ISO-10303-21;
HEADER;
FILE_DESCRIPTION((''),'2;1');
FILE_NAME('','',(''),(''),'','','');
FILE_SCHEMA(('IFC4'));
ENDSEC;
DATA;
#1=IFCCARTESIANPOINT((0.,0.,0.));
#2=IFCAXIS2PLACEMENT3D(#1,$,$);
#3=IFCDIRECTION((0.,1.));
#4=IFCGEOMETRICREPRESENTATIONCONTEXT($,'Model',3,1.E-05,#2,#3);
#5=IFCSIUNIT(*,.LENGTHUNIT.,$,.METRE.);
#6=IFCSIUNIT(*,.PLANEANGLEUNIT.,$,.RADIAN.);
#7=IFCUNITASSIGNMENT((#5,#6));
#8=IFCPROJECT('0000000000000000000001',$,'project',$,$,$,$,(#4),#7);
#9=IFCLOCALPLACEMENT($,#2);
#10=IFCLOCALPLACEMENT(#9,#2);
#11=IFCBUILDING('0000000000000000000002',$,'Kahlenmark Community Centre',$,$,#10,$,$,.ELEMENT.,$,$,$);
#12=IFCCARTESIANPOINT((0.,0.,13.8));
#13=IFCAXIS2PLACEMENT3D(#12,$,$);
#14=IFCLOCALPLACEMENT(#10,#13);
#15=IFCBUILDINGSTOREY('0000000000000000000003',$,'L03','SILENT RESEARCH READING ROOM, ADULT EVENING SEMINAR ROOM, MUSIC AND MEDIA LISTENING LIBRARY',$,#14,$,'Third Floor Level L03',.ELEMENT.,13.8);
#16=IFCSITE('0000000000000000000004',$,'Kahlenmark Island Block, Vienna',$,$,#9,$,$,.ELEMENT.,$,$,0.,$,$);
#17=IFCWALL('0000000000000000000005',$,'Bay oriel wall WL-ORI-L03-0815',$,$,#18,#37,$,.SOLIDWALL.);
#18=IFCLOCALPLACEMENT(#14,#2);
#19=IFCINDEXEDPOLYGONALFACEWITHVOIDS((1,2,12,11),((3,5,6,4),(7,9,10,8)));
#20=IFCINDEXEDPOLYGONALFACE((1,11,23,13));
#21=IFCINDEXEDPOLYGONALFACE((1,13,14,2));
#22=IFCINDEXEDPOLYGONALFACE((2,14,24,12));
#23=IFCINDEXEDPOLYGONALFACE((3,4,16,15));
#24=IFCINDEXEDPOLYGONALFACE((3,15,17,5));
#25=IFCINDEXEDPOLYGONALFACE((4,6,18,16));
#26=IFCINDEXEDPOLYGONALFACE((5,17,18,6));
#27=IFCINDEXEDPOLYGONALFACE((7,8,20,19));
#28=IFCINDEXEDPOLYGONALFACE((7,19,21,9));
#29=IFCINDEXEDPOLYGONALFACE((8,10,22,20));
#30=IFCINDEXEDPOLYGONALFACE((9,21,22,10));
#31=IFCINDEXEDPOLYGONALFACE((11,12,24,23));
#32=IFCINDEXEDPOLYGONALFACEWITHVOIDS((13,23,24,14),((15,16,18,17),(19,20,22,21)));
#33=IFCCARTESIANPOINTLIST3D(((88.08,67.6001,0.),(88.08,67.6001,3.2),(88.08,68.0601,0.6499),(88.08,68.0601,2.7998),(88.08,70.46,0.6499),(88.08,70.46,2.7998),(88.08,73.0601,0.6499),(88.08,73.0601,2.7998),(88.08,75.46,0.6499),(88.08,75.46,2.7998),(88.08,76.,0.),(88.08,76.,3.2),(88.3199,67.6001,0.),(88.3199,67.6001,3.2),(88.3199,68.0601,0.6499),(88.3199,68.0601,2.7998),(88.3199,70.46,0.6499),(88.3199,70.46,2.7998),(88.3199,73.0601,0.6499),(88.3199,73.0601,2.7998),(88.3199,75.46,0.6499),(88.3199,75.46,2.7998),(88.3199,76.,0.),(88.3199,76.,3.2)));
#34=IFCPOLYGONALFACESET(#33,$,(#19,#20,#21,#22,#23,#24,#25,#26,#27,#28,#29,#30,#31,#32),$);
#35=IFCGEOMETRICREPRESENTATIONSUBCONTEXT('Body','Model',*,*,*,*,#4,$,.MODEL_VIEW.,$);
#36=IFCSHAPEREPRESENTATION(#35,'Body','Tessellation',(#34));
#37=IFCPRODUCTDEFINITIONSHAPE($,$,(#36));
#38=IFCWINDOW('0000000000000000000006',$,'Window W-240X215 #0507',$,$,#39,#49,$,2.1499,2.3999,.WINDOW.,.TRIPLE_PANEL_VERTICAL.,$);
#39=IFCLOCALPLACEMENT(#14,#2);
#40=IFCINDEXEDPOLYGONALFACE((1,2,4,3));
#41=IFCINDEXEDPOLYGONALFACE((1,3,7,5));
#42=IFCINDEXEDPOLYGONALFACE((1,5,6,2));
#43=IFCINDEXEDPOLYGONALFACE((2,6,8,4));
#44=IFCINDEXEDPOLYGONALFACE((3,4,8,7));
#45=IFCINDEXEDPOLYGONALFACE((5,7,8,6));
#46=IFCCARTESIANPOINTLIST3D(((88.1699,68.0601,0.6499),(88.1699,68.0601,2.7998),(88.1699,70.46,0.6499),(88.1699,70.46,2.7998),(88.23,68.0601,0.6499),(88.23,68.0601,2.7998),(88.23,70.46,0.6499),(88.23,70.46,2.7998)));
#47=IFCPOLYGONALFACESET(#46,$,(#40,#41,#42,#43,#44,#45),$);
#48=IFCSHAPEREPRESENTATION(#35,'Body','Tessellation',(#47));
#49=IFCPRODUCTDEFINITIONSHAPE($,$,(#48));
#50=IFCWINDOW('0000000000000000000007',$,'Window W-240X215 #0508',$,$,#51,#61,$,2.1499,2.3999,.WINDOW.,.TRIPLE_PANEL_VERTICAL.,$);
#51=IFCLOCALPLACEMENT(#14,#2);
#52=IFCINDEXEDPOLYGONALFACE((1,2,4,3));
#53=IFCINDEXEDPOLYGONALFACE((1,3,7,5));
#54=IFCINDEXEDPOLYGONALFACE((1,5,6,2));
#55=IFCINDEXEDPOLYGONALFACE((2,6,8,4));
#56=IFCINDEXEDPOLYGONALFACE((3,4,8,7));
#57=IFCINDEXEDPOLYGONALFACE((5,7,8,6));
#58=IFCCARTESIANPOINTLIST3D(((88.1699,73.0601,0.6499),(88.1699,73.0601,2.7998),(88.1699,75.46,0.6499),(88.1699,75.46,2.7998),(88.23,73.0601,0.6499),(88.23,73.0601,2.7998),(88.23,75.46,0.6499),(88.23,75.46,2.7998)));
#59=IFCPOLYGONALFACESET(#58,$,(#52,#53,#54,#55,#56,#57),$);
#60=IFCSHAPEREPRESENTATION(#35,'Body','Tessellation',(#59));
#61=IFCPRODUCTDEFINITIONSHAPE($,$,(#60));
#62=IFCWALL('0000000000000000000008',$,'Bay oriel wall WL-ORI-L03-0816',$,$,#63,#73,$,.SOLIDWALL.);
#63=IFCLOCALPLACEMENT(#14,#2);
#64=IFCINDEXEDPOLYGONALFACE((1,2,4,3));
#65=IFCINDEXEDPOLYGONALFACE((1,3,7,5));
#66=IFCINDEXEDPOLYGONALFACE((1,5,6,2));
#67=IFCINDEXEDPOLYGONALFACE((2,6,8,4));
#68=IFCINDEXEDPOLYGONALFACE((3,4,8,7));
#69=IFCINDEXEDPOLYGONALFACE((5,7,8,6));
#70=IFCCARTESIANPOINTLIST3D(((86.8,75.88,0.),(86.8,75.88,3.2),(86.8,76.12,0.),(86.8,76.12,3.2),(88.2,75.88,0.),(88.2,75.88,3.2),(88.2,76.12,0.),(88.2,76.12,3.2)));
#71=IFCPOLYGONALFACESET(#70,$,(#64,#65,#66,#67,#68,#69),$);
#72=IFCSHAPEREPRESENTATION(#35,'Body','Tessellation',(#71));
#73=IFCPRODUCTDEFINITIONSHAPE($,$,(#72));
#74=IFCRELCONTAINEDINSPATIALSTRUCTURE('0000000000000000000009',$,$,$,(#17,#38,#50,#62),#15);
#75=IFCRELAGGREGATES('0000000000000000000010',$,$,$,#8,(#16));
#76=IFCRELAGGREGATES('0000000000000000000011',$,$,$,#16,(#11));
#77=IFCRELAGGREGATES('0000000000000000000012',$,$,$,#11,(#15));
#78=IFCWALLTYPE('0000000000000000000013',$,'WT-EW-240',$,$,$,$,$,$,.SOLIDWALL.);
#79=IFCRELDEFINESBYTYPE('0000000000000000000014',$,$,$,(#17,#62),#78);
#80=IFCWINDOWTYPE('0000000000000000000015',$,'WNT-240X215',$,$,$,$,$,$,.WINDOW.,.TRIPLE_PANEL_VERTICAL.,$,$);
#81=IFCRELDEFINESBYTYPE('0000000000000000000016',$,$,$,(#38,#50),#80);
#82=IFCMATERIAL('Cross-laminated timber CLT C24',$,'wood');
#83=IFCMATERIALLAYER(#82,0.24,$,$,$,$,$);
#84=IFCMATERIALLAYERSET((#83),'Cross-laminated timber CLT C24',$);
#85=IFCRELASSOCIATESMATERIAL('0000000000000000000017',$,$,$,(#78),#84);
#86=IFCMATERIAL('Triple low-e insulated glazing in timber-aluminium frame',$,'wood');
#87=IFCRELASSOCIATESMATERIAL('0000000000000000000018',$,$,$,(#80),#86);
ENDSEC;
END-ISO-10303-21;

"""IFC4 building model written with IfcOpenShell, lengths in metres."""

from ifc_helpers import new_model, si_unit, direction, frame, frame_2d, origin, place, context, subcontext, project, spatial, rectangle, extrude, material, layer, layer_set, type_object, element, fill, save


model = new_model("IFC4")

# Units and contexts
model_context = context("Model", 3, precision=1e-05, world=origin(), true_north=direction((0.0, 1.0)))
body_context = subcontext(model_context, "Body", "Model", "MODEL_VIEW")
ifc_project = project(units=[si_unit("LENGTHUNIT", "METRE"), si_unit("PLANEANGLEUNIT", "RADIAN")], contexts=[model_context])

# Site, building, storey
site_placement = place(None, origin())
site = spatial("IfcSite", under=ifc_project, at=site_placement, Name="Kahlenmark Island Block, Vienna", CompositionType="ELEMENT", RefElevation=0.0)
building_placement = place(site_placement, origin())
building = spatial("IfcBuilding", under=site, at=building_placement, Name="Kahlenmark Community Centre", CompositionType="ELEMENT")
storey_placement = place(building_placement, frame((0.0, 0.0, 13.8)))
storey = spatial("IfcBuildingStorey", under=building, at=storey_placement, Name="L03", Description="SILENT RESEARCH READING ROOM, ADULT EVENING SEMINAR ROOM, MUSIC AND MEDIA LISTENING LIBRARY", LongName="Third Floor Level L03", CompositionType="ELEMENT", Elevation=13.8)

# Shared definitions
ifc_material_1 = material(Name="Cross-laminated timber CLT C24", Category="wood")
ifc_layer_1 = layer(ifc_material_1, 0.24)
ifc_layer_set_1 = layer_set([ifc_layer_1], Name="Cross-laminated timber CLT C24")
wall_type = type_object("IfcWallType", Name="WT-EW-240", PredefinedType="SOLIDWALL", material=ifc_layer_set_1)

# Wall, openings, windows
wall_1_placement = place(storey_placement, frame((88.2, 67.6001, 0.0), z_axis=(0.0, 0.0, 1.0), x_axis=(0.0, 1.0, 0.0)))
wall_1 = element("IfcWall", 1, at=wall_1_placement, inside=storey, type_object=wall_type, Name="Bay oriel wall WL-ORI-L03-0815", PredefinedType="SOLIDWALL", context=body_context, shape_type="SweptSolid", body=[
    extrude(rectangle(XDim=8.3999, YDim=0.24, at=frame_2d((4.2, 0.0))), origin(), (0.0, 0.0, 1.0), 3.2),
])
opening_1_placement = place(wall_1_placement, frame((0.46, 0.0, 0.6499)))
opening_1 = element("IfcOpeningElement", 2, at=opening_1_placement, cuts=wall_1, PredefinedType="OPENING", context=body_context, shape_type="SweptSolid", body=[
    extrude(rectangle(XDim=2.3999, YDim=2.1499, at=frame_2d((1.2, 1.075))), frame((0.0, 0.1299, 0.0), z_axis=(0.0, -1.0, 0.0), x_axis=(1.0, 0.0, 0.0)), (0.0, 0.0, 1.0), 0.26),
])
opening_2_placement = place(wall_1_placement, frame((5.46, 0.0, 0.6499)))
opening_2 = element("IfcOpeningElement", 3, at=opening_2_placement, cuts=wall_1, PredefinedType="OPENING", context=body_context, shape_type="SweptSolid", body=[
    extrude(rectangle(XDim=2.3999, YDim=2.1499, at=frame_2d((1.2, 1.075))), frame((0.0, 0.1299, 0.0), z_axis=(0.0, -1.0, 0.0), x_axis=(1.0, 0.0, 0.0)), (0.0, 0.0, 1.0), 0.26),
])
ifc_material_2 = material(Name="Triple low-e insulated glazing in timber-aluminium frame", Category="wood")
window_type = type_object("IfcWindowType", Name="WNT-240X215", PartitioningType="TRIPLE_PANEL_VERTICAL", PredefinedType="WINDOW", material=ifc_material_2)
window_1_placement = place(opening_1_placement, origin())
window_1 = element("IfcWindow", 4, at=window_1_placement, inside=storey, type_object=window_type, Name="Window W-240X215 #0507", OverallHeight=2.1499, OverallWidth=2.3999, PartitioningType="TRIPLE_PANEL_VERTICAL", PredefinedType="WINDOW", context=body_context, shape_type="SweptSolid", body=[
    extrude(rectangle(XDim=2.3999, YDim=2.1499, at=frame_2d((1.2, 1.075))), frame((0.0, 0.03, 0.0), z_axis=(0.0, -1.0, 0.0), x_axis=(1.0, 0.0, 0.0)), (0.0, 0.0, 1.0), 0.0601),
])
fill(opening_1, window_1)
window_2_placement = place(opening_2_placement, origin())
window_2 = element("IfcWindow", 5, at=window_2_placement, inside=storey, type_object=window_type, Name="Window W-240X215 #0508", OverallHeight=2.1499, OverallWidth=2.3999, PartitioningType="TRIPLE_PANEL_VERTICAL", PredefinedType="WINDOW", context=body_context, shape_type="SweptSolid", body=[
    extrude(rectangle(XDim=2.3999, YDim=2.1499, at=frame_2d((1.2, 1.075))), frame((0.0, 0.03, 0.0), z_axis=(0.0, -1.0, 0.0), x_axis=(1.0, 0.0, 0.0)), (0.0, 0.0, 1.0), 0.0601),
])
fill(opening_2, window_2)

# Wall
wall_2_placement = place(storey_placement, frame((88.2, 76.0, 0.0), z_axis=(0.0, 0.0, 1.0), x_axis=(-1.0, 0.0, 0.0)))
element("IfcWall", 6, at=wall_2_placement, inside=storey, type_object=wall_type, Name="Bay oriel wall WL-ORI-L03-0816", PredefinedType="SOLIDWALL", context=body_context, shape_type="SweptSolid", body=[
    extrude(rectangle(XDim=1.3999, YDim=0.24, at=frame_2d((0.7, 0.0))), origin(), (0.0, 0.0, 1.0), 3.2),
])

save(model, "model.ifc")
